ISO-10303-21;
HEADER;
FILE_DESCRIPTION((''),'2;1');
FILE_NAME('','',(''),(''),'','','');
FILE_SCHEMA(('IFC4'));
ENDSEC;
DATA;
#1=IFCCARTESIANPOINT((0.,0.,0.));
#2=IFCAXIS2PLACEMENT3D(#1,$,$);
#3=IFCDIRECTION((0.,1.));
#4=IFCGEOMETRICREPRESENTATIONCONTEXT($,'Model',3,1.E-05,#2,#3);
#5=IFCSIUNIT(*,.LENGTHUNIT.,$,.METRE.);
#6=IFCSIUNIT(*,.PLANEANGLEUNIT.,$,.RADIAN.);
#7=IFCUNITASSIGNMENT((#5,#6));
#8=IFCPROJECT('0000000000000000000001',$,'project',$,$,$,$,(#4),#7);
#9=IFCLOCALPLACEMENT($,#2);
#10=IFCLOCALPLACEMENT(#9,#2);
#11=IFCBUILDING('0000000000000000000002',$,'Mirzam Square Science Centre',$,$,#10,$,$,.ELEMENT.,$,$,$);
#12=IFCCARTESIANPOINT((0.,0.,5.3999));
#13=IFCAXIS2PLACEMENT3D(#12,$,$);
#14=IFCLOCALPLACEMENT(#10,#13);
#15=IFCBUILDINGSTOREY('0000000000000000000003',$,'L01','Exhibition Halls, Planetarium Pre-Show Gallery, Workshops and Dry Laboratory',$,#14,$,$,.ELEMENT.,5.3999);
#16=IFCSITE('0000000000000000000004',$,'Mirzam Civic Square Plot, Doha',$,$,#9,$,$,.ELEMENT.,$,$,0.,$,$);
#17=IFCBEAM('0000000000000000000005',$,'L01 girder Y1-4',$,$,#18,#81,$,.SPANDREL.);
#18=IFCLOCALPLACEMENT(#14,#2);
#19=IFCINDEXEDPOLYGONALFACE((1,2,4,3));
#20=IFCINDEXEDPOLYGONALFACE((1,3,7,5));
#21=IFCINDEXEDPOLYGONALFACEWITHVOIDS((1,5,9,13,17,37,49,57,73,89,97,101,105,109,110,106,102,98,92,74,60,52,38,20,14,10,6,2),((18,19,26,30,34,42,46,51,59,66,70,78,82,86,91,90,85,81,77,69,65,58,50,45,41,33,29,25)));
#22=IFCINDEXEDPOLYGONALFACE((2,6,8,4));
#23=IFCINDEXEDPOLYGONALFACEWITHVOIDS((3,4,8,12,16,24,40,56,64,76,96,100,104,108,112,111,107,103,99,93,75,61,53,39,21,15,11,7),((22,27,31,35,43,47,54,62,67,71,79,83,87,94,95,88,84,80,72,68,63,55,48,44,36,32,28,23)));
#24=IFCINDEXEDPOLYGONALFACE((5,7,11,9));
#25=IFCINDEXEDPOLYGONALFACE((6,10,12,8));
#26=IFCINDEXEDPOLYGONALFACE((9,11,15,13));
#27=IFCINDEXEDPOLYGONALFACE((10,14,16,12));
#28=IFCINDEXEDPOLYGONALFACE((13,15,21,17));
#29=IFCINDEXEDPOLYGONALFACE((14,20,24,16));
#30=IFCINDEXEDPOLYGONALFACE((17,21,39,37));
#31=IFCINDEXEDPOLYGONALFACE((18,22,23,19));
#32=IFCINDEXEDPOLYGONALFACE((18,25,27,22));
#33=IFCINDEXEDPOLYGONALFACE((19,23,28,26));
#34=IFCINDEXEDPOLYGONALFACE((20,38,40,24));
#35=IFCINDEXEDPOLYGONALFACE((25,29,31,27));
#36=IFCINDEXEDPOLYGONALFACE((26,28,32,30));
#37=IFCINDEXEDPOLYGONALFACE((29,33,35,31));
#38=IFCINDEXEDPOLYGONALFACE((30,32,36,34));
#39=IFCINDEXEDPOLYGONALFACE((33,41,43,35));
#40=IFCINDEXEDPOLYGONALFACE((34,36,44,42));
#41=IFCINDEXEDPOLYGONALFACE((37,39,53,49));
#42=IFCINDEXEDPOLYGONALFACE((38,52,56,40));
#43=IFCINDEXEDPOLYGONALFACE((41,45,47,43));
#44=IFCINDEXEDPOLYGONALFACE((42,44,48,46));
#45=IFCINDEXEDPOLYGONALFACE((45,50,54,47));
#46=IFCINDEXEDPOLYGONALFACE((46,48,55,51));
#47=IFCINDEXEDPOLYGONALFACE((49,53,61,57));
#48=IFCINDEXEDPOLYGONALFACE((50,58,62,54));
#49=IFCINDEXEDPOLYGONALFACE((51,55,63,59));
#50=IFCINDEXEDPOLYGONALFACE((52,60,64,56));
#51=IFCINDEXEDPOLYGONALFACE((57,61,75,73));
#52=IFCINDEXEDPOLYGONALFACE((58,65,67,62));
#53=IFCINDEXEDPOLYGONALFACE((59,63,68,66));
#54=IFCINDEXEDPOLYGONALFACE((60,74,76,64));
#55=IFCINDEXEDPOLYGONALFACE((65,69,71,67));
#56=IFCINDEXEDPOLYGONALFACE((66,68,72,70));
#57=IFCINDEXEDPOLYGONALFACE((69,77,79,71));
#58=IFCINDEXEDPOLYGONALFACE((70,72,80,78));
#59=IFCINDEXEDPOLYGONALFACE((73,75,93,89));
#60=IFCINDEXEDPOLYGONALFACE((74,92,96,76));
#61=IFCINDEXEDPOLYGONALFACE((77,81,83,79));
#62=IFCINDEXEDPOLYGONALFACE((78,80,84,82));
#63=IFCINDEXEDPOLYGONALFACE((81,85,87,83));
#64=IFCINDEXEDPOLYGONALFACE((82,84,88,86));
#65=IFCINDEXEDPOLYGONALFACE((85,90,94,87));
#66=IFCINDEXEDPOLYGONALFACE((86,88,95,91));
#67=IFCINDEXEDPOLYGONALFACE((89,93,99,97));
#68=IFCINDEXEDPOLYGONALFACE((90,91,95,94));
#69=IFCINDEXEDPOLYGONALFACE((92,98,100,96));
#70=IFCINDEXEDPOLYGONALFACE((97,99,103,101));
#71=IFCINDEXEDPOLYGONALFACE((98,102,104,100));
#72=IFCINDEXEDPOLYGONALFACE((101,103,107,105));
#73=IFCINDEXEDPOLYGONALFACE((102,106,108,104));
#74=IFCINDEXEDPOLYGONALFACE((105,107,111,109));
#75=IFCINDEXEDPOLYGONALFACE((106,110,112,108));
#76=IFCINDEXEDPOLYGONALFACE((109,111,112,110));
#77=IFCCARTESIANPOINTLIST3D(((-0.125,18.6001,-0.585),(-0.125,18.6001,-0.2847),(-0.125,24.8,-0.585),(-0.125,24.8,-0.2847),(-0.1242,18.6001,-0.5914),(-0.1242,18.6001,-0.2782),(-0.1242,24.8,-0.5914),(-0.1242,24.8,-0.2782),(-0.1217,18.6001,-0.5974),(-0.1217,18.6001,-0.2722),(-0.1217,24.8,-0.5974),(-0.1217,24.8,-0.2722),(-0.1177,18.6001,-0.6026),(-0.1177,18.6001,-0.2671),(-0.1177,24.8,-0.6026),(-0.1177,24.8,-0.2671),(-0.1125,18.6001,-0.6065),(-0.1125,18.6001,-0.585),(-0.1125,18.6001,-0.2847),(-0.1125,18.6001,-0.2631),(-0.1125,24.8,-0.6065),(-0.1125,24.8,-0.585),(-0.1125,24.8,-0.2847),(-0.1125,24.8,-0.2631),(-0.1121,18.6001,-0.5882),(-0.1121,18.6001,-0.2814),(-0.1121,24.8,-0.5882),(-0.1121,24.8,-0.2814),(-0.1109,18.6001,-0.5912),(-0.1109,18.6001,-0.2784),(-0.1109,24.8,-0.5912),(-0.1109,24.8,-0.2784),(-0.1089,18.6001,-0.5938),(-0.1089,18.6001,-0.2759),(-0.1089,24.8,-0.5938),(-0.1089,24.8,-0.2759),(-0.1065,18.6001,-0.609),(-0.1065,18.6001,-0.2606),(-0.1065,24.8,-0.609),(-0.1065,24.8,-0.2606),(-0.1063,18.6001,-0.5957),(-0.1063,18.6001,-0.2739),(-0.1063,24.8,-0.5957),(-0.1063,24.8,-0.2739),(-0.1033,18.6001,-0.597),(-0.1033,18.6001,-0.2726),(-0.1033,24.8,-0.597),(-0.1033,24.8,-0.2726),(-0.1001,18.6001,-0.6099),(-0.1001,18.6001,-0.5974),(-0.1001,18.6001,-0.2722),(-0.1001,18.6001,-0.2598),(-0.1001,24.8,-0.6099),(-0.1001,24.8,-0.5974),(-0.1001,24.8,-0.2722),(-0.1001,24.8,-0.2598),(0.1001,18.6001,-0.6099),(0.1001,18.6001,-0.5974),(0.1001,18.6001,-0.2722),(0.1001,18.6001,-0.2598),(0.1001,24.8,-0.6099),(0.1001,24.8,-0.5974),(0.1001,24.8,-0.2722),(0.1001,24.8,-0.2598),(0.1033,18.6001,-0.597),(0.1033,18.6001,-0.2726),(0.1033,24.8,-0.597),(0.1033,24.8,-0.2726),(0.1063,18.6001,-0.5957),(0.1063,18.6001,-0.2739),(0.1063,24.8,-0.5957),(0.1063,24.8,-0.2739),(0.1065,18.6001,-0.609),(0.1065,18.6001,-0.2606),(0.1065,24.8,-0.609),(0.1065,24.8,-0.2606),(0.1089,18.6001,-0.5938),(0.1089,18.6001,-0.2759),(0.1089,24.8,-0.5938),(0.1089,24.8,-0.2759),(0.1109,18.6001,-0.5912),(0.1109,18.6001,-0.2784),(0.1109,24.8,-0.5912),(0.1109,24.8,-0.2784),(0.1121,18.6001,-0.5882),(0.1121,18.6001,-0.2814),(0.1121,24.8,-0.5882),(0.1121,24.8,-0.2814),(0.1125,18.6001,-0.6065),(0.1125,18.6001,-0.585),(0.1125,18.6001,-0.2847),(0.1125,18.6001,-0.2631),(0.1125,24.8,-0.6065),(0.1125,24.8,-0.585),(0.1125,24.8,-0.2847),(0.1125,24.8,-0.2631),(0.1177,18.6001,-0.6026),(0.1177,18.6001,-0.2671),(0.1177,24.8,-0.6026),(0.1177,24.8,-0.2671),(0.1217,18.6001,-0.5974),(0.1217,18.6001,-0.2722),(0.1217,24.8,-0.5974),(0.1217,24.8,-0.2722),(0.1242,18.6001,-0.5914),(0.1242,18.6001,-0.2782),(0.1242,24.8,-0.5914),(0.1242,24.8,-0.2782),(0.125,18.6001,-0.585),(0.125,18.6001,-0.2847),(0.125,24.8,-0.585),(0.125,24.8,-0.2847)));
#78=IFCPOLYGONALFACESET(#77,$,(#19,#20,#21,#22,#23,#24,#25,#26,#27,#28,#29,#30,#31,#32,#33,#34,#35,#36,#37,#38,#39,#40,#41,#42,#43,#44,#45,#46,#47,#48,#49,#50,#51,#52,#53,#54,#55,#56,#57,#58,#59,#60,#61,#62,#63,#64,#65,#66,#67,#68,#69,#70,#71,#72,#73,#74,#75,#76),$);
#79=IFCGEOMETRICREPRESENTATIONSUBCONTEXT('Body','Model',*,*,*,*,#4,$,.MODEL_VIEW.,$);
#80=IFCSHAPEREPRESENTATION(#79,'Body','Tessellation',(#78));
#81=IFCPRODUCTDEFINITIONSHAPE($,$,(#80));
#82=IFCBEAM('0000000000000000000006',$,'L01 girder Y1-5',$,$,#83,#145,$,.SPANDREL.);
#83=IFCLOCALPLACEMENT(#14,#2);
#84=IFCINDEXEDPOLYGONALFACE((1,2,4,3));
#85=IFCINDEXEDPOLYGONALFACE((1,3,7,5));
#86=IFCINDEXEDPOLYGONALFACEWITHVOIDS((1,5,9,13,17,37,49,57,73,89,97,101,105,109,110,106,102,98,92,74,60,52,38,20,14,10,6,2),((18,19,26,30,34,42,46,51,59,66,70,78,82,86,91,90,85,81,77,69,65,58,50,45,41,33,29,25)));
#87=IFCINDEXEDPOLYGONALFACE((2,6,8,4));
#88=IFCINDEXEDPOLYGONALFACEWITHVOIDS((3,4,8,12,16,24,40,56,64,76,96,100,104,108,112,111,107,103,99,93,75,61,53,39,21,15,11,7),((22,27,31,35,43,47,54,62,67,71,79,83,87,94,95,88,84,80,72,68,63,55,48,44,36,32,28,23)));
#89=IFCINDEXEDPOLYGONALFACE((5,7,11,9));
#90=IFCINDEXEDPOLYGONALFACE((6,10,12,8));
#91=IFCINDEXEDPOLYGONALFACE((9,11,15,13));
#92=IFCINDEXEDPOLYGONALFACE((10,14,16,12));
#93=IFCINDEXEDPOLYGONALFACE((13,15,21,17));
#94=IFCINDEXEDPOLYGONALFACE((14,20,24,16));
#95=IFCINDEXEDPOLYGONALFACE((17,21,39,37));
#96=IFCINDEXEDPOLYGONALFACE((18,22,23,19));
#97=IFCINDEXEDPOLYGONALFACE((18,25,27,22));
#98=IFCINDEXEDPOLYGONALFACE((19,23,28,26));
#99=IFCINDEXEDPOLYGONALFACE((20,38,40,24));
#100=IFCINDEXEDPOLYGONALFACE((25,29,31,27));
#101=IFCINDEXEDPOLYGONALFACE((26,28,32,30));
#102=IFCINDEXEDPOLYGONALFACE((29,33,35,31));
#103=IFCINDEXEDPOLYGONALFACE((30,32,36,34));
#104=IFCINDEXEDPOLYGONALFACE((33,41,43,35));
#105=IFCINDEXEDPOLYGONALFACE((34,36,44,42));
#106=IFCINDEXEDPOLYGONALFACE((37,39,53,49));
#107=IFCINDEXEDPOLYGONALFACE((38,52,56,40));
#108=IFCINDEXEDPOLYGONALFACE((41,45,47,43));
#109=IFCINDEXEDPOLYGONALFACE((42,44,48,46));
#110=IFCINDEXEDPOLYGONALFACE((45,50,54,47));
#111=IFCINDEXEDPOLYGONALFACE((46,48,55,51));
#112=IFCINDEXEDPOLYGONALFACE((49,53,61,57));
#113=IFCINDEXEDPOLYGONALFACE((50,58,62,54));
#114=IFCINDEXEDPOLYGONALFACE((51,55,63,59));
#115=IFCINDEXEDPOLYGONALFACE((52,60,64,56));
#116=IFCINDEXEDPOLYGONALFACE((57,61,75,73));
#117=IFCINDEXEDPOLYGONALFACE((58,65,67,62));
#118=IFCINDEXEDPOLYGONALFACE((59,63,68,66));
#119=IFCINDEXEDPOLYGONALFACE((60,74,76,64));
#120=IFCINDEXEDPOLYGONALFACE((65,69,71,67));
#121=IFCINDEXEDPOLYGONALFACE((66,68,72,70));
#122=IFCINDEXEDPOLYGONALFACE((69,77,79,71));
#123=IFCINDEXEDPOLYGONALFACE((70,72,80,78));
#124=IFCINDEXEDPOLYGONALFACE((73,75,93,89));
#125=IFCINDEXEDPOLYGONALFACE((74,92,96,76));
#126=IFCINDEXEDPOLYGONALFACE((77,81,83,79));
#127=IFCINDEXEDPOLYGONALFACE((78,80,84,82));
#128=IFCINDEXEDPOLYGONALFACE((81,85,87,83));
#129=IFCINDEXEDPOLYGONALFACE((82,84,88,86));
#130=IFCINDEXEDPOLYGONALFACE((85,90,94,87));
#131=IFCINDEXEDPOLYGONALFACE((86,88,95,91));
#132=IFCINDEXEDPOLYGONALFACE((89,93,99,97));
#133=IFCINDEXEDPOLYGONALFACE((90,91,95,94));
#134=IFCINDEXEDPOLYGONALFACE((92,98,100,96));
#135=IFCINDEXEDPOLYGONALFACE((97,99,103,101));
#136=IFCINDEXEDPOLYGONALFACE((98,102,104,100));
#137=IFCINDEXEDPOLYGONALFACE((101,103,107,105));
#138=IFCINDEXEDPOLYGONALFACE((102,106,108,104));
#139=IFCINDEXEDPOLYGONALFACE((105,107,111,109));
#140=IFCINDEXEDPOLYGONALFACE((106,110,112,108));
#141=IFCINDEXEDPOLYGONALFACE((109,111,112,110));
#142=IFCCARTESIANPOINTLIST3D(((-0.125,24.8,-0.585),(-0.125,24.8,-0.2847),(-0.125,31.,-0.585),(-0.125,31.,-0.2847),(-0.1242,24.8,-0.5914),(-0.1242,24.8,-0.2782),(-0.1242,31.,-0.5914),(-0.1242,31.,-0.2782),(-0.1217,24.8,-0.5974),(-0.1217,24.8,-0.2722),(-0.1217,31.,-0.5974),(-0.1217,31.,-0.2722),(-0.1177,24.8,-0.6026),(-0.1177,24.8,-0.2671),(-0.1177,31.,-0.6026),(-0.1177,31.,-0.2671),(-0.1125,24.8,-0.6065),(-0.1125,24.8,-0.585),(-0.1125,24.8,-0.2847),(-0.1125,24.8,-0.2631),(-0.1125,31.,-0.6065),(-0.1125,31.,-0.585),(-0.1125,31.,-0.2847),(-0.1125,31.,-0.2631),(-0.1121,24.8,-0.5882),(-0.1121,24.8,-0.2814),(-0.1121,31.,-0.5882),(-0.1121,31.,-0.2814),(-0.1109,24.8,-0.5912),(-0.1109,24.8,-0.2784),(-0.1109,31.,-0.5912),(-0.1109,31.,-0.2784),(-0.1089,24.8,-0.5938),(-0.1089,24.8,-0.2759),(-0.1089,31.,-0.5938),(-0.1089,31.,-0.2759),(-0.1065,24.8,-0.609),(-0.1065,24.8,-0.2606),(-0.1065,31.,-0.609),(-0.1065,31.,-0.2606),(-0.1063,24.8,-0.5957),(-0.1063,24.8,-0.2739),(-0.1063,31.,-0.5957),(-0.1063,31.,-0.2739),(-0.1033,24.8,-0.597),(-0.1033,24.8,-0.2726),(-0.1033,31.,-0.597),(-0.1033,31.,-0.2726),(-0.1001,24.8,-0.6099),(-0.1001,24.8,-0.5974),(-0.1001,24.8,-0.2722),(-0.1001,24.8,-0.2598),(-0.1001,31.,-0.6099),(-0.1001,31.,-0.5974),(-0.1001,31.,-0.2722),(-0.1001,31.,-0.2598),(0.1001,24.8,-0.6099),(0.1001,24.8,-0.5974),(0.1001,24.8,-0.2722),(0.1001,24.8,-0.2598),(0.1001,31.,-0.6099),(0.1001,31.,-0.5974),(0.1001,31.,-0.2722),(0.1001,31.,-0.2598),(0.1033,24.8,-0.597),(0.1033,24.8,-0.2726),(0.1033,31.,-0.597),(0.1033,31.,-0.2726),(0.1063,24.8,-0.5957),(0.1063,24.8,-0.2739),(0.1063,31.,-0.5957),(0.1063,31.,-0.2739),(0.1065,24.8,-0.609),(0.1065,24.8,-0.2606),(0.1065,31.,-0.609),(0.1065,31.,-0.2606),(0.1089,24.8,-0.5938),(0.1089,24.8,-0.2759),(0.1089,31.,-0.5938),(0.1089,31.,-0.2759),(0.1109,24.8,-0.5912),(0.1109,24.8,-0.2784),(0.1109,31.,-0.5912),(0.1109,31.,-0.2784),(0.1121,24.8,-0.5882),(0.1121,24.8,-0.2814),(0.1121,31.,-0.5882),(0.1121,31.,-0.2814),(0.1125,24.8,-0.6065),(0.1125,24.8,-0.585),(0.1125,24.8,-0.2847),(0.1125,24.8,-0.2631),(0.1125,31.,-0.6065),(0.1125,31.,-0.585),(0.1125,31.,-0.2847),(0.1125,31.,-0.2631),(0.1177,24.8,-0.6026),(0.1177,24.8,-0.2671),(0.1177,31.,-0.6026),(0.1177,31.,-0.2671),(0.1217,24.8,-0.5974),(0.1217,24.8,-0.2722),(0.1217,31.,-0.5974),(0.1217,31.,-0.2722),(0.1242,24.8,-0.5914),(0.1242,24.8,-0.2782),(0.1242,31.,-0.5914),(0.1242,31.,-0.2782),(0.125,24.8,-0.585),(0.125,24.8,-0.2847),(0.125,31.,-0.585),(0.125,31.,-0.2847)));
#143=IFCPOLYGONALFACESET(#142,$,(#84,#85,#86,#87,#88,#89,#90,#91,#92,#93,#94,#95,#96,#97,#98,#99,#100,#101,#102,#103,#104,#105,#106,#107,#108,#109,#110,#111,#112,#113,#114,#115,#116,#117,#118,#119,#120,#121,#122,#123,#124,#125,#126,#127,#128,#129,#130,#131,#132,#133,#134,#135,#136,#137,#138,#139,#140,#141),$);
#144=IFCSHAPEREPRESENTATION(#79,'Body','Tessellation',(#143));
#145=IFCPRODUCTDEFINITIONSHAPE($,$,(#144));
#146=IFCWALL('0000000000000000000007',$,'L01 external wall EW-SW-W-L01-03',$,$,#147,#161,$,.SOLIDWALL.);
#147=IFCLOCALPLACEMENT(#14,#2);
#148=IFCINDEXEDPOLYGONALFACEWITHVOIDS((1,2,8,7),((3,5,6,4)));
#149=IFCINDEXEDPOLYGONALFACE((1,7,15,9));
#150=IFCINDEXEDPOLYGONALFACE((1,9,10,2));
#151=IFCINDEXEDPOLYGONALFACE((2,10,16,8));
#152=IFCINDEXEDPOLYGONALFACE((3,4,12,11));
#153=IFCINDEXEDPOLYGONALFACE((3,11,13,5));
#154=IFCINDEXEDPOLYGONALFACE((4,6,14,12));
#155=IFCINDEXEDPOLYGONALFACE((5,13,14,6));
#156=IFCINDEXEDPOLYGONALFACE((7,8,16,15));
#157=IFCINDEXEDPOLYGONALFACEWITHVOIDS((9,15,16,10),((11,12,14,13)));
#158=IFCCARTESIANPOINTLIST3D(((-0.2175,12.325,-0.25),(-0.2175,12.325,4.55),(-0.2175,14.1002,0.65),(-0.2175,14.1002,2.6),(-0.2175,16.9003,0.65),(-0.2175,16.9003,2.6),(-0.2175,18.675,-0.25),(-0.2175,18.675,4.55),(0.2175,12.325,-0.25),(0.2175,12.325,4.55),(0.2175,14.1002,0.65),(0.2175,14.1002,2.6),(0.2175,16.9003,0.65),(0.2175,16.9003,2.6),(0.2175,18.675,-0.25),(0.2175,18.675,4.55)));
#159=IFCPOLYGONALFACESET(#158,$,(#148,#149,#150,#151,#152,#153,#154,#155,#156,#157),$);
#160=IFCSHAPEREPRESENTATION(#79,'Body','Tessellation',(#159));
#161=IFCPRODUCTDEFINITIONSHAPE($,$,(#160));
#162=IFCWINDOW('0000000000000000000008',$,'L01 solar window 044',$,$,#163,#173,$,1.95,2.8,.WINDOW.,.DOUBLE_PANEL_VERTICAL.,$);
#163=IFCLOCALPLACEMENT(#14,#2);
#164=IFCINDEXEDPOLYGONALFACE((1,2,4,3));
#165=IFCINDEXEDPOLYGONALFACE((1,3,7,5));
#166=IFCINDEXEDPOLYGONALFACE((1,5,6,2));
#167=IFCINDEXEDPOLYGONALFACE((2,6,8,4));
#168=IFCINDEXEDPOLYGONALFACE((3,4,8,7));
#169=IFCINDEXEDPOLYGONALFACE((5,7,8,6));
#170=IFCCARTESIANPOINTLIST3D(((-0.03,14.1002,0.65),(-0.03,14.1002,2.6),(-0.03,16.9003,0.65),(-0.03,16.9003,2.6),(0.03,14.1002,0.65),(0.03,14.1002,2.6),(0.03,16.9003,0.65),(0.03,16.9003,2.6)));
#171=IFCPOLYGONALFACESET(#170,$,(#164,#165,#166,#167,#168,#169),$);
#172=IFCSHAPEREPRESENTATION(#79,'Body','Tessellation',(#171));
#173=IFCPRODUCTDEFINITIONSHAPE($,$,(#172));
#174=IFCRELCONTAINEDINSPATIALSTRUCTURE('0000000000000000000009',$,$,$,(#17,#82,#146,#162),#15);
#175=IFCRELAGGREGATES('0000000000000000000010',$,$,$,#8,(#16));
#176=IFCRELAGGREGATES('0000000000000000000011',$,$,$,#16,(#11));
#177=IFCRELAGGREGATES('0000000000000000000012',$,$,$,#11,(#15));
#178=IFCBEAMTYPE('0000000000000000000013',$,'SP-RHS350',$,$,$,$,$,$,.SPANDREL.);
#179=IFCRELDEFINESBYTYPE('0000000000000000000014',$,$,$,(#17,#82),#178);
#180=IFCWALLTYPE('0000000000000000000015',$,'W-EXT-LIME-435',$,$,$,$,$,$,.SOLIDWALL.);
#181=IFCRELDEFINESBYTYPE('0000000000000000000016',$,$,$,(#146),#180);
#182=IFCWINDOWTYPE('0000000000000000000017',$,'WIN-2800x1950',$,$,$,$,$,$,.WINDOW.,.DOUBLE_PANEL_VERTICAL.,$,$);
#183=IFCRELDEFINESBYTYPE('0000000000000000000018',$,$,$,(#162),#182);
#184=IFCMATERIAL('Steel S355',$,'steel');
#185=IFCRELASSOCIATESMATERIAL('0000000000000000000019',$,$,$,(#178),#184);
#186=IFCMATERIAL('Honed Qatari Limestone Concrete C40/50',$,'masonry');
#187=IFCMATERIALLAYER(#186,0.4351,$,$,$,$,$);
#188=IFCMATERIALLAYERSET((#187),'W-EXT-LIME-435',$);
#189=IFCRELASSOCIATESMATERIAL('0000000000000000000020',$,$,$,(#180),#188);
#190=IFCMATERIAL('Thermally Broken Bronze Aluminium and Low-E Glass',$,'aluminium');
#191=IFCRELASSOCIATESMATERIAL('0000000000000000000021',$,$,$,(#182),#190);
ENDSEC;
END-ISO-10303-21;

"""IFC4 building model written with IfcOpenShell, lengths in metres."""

from ifc_helpers import new_model, si_unit, direction, frame, frame_2d, origin, origin_2d, place, context, subcontext, project, spatial, rectangle, hollow_rectangle, extrude, material, layer, layer_set, material_profile, profile_set, type_object, element, fill, save


model = new_model("IFC4")

# Units and contexts
model_context = context("Model", 3, precision=1e-05, world=origin(), true_north=direction((0.0, 1.0)))
body_context = subcontext(model_context, "Body", "Model", "MODEL_VIEW")
ifc_project = project(units=[si_unit("LENGTHUNIT", "METRE"), si_unit("PLANEANGLEUNIT", "RADIAN")], contexts=[model_context])

# Site, building, storey
site_placement = place(None, origin())
site = spatial("IfcSite", under=ifc_project, at=site_placement, Name="Mirzam Civic Square Plot, Doha", CompositionType="ELEMENT", RefElevation=0.0)
building_placement = place(site_placement, origin())
building = spatial("IfcBuilding", under=site, at=building_placement, Name="Mirzam Square Science Centre", CompositionType="ELEMENT")
storey_placement = place(building_placement, frame((0.0, 0.0, 5.3999)))
storey = spatial("IfcBuildingStorey", under=building, at=storey_placement, Name="L01", Description="Exhibition Halls, Planetarium Pre-Show Gallery, Workshops and Dry Laboratory", CompositionType="ELEMENT", Elevation=5.3999)

# Shared definitions
ifc_material_1 = material(Name="Steel S355", Category="steel")

# Beams
ifc_material_profile_1 = material_profile(ifc_material_1, hollow_rectangle(XDim=0.25, YDim=0.3501, WallThickness=0.0125, InnerFilletRadius=0.0125, OuterFilletRadius=0.0249, at=origin_2d()), Name="350x250x12.5RHS")
ifc_profile_set_1 = profile_set([ifc_material_profile_1], Name="Steel S355")
beam_type_1 = type_object("IfcBeamType", Name="SP-RHS350", PredefinedType="SPANDREL", material=ifc_profile_set_1)
for number, where, z_axis, x_axis, name in (
    (1, (0.0, 18.6001, -0.4348), (0.0, 1.0, 0.0), (-1.0, 0.0, 0.0), "L01 girder Y1-4"),
    (2, (0.0, 24.8, -0.4348), (0.0, 1.0, 0.0), (-1.0, 0.0, 0.0), "L01 girder Y1-5"),
):
    element("IfcBeam", number, at=place(storey_placement, frame(where, z_axis=z_axis, x_axis=x_axis)), inside=storey, type_object=beam_type_1, Name=name, PredefinedType="SPANDREL", context=body_context, shape_type="SweptSolid", body=[
        extrude(hollow_rectangle(XDim=0.25, YDim=0.3501, WallThickness=0.0125, InnerFilletRadius=0.0125, OuterFilletRadius=0.0249, at=origin_2d()), origin(), (0.0, 0.0, 1.0), 6.2),
    ])

# Wall, opening, window
ifc_material_2 = material(Name="Honed Qatari Limestone Concrete C40/50", Category="masonry")
ifc_layer = layer(ifc_material_2, 0.4351)
ifc_layer_set = layer_set([ifc_layer], Name="W-EXT-LIME-435")
wall_type = type_object("IfcWallType", Name="W-EXT-LIME-435", PredefinedType="SOLIDWALL", material=ifc_layer_set)
wall_placement = place(storey_placement, frame((0.0, 18.675, -0.25), z_axis=(0.0, 0.0, 1.0), x_axis=(0.0, -1.0, 0.0)))
wall = element("IfcWall", 3, at=wall_placement, inside=storey, type_object=wall_type, Name="L01 external wall EW-SW-W-L01-03", PredefinedType="SOLIDWALL", context=body_context, shape_type="SweptSolid", body=[
    extrude(rectangle(XDim=6.3501, YDim=0.4351, at=frame_2d((3.175, 0.0))), origin(), (0.0, 0.0, 1.0), 4.8),
])
opening_placement = place(wall_placement, frame((1.7749, 0.0, 0.8999)))
opening = element("IfcOpeningElement", 4, at=opening_placement, cuts=wall, PredefinedType="OPENING", context=body_context, shape_type="SweptSolid", body=[
    extrude(rectangle(XDim=2.8, YDim=1.95, at=frame_2d((1.3999, 0.9751))), frame((0.0, 0.2275, 0.0), z_axis=(0.0, -1.0, 0.0), x_axis=(1.0, 0.0, 0.0)), (0.0, 0.0, 1.0), 0.4551),
])
ifc_material_3 = material(Name="Thermally Broken Bronze Aluminium and Low-E Glass", Category="aluminium")
window_type = type_object("IfcWindowType", Name="WIN-2800x1950", PartitioningType="DOUBLE_PANEL_VERTICAL", PredefinedType="WINDOW", material=ifc_material_3)
window_placement = place(opening_placement, origin())
window = element("IfcWindow", 5, at=window_placement, inside=storey, type_object=window_type, Name="L01 solar window 044", OverallHeight=1.95, OverallWidth=2.8, PartitioningType="DOUBLE_PANEL_VERTICAL", PredefinedType="WINDOW", context=body_context, shape_type="SweptSolid", body=[
    extrude(rectangle(XDim=2.8, YDim=1.95, at=frame_2d((1.3999, 0.9751))), frame((0.0, 0.03, 0.0), z_axis=(0.0, -1.0, 0.0), x_axis=(1.0, 0.0, 0.0)), (0.0, 0.0, 1.0), 0.0601),
])
fill(opening, window)

save(model, "model.ifc")
